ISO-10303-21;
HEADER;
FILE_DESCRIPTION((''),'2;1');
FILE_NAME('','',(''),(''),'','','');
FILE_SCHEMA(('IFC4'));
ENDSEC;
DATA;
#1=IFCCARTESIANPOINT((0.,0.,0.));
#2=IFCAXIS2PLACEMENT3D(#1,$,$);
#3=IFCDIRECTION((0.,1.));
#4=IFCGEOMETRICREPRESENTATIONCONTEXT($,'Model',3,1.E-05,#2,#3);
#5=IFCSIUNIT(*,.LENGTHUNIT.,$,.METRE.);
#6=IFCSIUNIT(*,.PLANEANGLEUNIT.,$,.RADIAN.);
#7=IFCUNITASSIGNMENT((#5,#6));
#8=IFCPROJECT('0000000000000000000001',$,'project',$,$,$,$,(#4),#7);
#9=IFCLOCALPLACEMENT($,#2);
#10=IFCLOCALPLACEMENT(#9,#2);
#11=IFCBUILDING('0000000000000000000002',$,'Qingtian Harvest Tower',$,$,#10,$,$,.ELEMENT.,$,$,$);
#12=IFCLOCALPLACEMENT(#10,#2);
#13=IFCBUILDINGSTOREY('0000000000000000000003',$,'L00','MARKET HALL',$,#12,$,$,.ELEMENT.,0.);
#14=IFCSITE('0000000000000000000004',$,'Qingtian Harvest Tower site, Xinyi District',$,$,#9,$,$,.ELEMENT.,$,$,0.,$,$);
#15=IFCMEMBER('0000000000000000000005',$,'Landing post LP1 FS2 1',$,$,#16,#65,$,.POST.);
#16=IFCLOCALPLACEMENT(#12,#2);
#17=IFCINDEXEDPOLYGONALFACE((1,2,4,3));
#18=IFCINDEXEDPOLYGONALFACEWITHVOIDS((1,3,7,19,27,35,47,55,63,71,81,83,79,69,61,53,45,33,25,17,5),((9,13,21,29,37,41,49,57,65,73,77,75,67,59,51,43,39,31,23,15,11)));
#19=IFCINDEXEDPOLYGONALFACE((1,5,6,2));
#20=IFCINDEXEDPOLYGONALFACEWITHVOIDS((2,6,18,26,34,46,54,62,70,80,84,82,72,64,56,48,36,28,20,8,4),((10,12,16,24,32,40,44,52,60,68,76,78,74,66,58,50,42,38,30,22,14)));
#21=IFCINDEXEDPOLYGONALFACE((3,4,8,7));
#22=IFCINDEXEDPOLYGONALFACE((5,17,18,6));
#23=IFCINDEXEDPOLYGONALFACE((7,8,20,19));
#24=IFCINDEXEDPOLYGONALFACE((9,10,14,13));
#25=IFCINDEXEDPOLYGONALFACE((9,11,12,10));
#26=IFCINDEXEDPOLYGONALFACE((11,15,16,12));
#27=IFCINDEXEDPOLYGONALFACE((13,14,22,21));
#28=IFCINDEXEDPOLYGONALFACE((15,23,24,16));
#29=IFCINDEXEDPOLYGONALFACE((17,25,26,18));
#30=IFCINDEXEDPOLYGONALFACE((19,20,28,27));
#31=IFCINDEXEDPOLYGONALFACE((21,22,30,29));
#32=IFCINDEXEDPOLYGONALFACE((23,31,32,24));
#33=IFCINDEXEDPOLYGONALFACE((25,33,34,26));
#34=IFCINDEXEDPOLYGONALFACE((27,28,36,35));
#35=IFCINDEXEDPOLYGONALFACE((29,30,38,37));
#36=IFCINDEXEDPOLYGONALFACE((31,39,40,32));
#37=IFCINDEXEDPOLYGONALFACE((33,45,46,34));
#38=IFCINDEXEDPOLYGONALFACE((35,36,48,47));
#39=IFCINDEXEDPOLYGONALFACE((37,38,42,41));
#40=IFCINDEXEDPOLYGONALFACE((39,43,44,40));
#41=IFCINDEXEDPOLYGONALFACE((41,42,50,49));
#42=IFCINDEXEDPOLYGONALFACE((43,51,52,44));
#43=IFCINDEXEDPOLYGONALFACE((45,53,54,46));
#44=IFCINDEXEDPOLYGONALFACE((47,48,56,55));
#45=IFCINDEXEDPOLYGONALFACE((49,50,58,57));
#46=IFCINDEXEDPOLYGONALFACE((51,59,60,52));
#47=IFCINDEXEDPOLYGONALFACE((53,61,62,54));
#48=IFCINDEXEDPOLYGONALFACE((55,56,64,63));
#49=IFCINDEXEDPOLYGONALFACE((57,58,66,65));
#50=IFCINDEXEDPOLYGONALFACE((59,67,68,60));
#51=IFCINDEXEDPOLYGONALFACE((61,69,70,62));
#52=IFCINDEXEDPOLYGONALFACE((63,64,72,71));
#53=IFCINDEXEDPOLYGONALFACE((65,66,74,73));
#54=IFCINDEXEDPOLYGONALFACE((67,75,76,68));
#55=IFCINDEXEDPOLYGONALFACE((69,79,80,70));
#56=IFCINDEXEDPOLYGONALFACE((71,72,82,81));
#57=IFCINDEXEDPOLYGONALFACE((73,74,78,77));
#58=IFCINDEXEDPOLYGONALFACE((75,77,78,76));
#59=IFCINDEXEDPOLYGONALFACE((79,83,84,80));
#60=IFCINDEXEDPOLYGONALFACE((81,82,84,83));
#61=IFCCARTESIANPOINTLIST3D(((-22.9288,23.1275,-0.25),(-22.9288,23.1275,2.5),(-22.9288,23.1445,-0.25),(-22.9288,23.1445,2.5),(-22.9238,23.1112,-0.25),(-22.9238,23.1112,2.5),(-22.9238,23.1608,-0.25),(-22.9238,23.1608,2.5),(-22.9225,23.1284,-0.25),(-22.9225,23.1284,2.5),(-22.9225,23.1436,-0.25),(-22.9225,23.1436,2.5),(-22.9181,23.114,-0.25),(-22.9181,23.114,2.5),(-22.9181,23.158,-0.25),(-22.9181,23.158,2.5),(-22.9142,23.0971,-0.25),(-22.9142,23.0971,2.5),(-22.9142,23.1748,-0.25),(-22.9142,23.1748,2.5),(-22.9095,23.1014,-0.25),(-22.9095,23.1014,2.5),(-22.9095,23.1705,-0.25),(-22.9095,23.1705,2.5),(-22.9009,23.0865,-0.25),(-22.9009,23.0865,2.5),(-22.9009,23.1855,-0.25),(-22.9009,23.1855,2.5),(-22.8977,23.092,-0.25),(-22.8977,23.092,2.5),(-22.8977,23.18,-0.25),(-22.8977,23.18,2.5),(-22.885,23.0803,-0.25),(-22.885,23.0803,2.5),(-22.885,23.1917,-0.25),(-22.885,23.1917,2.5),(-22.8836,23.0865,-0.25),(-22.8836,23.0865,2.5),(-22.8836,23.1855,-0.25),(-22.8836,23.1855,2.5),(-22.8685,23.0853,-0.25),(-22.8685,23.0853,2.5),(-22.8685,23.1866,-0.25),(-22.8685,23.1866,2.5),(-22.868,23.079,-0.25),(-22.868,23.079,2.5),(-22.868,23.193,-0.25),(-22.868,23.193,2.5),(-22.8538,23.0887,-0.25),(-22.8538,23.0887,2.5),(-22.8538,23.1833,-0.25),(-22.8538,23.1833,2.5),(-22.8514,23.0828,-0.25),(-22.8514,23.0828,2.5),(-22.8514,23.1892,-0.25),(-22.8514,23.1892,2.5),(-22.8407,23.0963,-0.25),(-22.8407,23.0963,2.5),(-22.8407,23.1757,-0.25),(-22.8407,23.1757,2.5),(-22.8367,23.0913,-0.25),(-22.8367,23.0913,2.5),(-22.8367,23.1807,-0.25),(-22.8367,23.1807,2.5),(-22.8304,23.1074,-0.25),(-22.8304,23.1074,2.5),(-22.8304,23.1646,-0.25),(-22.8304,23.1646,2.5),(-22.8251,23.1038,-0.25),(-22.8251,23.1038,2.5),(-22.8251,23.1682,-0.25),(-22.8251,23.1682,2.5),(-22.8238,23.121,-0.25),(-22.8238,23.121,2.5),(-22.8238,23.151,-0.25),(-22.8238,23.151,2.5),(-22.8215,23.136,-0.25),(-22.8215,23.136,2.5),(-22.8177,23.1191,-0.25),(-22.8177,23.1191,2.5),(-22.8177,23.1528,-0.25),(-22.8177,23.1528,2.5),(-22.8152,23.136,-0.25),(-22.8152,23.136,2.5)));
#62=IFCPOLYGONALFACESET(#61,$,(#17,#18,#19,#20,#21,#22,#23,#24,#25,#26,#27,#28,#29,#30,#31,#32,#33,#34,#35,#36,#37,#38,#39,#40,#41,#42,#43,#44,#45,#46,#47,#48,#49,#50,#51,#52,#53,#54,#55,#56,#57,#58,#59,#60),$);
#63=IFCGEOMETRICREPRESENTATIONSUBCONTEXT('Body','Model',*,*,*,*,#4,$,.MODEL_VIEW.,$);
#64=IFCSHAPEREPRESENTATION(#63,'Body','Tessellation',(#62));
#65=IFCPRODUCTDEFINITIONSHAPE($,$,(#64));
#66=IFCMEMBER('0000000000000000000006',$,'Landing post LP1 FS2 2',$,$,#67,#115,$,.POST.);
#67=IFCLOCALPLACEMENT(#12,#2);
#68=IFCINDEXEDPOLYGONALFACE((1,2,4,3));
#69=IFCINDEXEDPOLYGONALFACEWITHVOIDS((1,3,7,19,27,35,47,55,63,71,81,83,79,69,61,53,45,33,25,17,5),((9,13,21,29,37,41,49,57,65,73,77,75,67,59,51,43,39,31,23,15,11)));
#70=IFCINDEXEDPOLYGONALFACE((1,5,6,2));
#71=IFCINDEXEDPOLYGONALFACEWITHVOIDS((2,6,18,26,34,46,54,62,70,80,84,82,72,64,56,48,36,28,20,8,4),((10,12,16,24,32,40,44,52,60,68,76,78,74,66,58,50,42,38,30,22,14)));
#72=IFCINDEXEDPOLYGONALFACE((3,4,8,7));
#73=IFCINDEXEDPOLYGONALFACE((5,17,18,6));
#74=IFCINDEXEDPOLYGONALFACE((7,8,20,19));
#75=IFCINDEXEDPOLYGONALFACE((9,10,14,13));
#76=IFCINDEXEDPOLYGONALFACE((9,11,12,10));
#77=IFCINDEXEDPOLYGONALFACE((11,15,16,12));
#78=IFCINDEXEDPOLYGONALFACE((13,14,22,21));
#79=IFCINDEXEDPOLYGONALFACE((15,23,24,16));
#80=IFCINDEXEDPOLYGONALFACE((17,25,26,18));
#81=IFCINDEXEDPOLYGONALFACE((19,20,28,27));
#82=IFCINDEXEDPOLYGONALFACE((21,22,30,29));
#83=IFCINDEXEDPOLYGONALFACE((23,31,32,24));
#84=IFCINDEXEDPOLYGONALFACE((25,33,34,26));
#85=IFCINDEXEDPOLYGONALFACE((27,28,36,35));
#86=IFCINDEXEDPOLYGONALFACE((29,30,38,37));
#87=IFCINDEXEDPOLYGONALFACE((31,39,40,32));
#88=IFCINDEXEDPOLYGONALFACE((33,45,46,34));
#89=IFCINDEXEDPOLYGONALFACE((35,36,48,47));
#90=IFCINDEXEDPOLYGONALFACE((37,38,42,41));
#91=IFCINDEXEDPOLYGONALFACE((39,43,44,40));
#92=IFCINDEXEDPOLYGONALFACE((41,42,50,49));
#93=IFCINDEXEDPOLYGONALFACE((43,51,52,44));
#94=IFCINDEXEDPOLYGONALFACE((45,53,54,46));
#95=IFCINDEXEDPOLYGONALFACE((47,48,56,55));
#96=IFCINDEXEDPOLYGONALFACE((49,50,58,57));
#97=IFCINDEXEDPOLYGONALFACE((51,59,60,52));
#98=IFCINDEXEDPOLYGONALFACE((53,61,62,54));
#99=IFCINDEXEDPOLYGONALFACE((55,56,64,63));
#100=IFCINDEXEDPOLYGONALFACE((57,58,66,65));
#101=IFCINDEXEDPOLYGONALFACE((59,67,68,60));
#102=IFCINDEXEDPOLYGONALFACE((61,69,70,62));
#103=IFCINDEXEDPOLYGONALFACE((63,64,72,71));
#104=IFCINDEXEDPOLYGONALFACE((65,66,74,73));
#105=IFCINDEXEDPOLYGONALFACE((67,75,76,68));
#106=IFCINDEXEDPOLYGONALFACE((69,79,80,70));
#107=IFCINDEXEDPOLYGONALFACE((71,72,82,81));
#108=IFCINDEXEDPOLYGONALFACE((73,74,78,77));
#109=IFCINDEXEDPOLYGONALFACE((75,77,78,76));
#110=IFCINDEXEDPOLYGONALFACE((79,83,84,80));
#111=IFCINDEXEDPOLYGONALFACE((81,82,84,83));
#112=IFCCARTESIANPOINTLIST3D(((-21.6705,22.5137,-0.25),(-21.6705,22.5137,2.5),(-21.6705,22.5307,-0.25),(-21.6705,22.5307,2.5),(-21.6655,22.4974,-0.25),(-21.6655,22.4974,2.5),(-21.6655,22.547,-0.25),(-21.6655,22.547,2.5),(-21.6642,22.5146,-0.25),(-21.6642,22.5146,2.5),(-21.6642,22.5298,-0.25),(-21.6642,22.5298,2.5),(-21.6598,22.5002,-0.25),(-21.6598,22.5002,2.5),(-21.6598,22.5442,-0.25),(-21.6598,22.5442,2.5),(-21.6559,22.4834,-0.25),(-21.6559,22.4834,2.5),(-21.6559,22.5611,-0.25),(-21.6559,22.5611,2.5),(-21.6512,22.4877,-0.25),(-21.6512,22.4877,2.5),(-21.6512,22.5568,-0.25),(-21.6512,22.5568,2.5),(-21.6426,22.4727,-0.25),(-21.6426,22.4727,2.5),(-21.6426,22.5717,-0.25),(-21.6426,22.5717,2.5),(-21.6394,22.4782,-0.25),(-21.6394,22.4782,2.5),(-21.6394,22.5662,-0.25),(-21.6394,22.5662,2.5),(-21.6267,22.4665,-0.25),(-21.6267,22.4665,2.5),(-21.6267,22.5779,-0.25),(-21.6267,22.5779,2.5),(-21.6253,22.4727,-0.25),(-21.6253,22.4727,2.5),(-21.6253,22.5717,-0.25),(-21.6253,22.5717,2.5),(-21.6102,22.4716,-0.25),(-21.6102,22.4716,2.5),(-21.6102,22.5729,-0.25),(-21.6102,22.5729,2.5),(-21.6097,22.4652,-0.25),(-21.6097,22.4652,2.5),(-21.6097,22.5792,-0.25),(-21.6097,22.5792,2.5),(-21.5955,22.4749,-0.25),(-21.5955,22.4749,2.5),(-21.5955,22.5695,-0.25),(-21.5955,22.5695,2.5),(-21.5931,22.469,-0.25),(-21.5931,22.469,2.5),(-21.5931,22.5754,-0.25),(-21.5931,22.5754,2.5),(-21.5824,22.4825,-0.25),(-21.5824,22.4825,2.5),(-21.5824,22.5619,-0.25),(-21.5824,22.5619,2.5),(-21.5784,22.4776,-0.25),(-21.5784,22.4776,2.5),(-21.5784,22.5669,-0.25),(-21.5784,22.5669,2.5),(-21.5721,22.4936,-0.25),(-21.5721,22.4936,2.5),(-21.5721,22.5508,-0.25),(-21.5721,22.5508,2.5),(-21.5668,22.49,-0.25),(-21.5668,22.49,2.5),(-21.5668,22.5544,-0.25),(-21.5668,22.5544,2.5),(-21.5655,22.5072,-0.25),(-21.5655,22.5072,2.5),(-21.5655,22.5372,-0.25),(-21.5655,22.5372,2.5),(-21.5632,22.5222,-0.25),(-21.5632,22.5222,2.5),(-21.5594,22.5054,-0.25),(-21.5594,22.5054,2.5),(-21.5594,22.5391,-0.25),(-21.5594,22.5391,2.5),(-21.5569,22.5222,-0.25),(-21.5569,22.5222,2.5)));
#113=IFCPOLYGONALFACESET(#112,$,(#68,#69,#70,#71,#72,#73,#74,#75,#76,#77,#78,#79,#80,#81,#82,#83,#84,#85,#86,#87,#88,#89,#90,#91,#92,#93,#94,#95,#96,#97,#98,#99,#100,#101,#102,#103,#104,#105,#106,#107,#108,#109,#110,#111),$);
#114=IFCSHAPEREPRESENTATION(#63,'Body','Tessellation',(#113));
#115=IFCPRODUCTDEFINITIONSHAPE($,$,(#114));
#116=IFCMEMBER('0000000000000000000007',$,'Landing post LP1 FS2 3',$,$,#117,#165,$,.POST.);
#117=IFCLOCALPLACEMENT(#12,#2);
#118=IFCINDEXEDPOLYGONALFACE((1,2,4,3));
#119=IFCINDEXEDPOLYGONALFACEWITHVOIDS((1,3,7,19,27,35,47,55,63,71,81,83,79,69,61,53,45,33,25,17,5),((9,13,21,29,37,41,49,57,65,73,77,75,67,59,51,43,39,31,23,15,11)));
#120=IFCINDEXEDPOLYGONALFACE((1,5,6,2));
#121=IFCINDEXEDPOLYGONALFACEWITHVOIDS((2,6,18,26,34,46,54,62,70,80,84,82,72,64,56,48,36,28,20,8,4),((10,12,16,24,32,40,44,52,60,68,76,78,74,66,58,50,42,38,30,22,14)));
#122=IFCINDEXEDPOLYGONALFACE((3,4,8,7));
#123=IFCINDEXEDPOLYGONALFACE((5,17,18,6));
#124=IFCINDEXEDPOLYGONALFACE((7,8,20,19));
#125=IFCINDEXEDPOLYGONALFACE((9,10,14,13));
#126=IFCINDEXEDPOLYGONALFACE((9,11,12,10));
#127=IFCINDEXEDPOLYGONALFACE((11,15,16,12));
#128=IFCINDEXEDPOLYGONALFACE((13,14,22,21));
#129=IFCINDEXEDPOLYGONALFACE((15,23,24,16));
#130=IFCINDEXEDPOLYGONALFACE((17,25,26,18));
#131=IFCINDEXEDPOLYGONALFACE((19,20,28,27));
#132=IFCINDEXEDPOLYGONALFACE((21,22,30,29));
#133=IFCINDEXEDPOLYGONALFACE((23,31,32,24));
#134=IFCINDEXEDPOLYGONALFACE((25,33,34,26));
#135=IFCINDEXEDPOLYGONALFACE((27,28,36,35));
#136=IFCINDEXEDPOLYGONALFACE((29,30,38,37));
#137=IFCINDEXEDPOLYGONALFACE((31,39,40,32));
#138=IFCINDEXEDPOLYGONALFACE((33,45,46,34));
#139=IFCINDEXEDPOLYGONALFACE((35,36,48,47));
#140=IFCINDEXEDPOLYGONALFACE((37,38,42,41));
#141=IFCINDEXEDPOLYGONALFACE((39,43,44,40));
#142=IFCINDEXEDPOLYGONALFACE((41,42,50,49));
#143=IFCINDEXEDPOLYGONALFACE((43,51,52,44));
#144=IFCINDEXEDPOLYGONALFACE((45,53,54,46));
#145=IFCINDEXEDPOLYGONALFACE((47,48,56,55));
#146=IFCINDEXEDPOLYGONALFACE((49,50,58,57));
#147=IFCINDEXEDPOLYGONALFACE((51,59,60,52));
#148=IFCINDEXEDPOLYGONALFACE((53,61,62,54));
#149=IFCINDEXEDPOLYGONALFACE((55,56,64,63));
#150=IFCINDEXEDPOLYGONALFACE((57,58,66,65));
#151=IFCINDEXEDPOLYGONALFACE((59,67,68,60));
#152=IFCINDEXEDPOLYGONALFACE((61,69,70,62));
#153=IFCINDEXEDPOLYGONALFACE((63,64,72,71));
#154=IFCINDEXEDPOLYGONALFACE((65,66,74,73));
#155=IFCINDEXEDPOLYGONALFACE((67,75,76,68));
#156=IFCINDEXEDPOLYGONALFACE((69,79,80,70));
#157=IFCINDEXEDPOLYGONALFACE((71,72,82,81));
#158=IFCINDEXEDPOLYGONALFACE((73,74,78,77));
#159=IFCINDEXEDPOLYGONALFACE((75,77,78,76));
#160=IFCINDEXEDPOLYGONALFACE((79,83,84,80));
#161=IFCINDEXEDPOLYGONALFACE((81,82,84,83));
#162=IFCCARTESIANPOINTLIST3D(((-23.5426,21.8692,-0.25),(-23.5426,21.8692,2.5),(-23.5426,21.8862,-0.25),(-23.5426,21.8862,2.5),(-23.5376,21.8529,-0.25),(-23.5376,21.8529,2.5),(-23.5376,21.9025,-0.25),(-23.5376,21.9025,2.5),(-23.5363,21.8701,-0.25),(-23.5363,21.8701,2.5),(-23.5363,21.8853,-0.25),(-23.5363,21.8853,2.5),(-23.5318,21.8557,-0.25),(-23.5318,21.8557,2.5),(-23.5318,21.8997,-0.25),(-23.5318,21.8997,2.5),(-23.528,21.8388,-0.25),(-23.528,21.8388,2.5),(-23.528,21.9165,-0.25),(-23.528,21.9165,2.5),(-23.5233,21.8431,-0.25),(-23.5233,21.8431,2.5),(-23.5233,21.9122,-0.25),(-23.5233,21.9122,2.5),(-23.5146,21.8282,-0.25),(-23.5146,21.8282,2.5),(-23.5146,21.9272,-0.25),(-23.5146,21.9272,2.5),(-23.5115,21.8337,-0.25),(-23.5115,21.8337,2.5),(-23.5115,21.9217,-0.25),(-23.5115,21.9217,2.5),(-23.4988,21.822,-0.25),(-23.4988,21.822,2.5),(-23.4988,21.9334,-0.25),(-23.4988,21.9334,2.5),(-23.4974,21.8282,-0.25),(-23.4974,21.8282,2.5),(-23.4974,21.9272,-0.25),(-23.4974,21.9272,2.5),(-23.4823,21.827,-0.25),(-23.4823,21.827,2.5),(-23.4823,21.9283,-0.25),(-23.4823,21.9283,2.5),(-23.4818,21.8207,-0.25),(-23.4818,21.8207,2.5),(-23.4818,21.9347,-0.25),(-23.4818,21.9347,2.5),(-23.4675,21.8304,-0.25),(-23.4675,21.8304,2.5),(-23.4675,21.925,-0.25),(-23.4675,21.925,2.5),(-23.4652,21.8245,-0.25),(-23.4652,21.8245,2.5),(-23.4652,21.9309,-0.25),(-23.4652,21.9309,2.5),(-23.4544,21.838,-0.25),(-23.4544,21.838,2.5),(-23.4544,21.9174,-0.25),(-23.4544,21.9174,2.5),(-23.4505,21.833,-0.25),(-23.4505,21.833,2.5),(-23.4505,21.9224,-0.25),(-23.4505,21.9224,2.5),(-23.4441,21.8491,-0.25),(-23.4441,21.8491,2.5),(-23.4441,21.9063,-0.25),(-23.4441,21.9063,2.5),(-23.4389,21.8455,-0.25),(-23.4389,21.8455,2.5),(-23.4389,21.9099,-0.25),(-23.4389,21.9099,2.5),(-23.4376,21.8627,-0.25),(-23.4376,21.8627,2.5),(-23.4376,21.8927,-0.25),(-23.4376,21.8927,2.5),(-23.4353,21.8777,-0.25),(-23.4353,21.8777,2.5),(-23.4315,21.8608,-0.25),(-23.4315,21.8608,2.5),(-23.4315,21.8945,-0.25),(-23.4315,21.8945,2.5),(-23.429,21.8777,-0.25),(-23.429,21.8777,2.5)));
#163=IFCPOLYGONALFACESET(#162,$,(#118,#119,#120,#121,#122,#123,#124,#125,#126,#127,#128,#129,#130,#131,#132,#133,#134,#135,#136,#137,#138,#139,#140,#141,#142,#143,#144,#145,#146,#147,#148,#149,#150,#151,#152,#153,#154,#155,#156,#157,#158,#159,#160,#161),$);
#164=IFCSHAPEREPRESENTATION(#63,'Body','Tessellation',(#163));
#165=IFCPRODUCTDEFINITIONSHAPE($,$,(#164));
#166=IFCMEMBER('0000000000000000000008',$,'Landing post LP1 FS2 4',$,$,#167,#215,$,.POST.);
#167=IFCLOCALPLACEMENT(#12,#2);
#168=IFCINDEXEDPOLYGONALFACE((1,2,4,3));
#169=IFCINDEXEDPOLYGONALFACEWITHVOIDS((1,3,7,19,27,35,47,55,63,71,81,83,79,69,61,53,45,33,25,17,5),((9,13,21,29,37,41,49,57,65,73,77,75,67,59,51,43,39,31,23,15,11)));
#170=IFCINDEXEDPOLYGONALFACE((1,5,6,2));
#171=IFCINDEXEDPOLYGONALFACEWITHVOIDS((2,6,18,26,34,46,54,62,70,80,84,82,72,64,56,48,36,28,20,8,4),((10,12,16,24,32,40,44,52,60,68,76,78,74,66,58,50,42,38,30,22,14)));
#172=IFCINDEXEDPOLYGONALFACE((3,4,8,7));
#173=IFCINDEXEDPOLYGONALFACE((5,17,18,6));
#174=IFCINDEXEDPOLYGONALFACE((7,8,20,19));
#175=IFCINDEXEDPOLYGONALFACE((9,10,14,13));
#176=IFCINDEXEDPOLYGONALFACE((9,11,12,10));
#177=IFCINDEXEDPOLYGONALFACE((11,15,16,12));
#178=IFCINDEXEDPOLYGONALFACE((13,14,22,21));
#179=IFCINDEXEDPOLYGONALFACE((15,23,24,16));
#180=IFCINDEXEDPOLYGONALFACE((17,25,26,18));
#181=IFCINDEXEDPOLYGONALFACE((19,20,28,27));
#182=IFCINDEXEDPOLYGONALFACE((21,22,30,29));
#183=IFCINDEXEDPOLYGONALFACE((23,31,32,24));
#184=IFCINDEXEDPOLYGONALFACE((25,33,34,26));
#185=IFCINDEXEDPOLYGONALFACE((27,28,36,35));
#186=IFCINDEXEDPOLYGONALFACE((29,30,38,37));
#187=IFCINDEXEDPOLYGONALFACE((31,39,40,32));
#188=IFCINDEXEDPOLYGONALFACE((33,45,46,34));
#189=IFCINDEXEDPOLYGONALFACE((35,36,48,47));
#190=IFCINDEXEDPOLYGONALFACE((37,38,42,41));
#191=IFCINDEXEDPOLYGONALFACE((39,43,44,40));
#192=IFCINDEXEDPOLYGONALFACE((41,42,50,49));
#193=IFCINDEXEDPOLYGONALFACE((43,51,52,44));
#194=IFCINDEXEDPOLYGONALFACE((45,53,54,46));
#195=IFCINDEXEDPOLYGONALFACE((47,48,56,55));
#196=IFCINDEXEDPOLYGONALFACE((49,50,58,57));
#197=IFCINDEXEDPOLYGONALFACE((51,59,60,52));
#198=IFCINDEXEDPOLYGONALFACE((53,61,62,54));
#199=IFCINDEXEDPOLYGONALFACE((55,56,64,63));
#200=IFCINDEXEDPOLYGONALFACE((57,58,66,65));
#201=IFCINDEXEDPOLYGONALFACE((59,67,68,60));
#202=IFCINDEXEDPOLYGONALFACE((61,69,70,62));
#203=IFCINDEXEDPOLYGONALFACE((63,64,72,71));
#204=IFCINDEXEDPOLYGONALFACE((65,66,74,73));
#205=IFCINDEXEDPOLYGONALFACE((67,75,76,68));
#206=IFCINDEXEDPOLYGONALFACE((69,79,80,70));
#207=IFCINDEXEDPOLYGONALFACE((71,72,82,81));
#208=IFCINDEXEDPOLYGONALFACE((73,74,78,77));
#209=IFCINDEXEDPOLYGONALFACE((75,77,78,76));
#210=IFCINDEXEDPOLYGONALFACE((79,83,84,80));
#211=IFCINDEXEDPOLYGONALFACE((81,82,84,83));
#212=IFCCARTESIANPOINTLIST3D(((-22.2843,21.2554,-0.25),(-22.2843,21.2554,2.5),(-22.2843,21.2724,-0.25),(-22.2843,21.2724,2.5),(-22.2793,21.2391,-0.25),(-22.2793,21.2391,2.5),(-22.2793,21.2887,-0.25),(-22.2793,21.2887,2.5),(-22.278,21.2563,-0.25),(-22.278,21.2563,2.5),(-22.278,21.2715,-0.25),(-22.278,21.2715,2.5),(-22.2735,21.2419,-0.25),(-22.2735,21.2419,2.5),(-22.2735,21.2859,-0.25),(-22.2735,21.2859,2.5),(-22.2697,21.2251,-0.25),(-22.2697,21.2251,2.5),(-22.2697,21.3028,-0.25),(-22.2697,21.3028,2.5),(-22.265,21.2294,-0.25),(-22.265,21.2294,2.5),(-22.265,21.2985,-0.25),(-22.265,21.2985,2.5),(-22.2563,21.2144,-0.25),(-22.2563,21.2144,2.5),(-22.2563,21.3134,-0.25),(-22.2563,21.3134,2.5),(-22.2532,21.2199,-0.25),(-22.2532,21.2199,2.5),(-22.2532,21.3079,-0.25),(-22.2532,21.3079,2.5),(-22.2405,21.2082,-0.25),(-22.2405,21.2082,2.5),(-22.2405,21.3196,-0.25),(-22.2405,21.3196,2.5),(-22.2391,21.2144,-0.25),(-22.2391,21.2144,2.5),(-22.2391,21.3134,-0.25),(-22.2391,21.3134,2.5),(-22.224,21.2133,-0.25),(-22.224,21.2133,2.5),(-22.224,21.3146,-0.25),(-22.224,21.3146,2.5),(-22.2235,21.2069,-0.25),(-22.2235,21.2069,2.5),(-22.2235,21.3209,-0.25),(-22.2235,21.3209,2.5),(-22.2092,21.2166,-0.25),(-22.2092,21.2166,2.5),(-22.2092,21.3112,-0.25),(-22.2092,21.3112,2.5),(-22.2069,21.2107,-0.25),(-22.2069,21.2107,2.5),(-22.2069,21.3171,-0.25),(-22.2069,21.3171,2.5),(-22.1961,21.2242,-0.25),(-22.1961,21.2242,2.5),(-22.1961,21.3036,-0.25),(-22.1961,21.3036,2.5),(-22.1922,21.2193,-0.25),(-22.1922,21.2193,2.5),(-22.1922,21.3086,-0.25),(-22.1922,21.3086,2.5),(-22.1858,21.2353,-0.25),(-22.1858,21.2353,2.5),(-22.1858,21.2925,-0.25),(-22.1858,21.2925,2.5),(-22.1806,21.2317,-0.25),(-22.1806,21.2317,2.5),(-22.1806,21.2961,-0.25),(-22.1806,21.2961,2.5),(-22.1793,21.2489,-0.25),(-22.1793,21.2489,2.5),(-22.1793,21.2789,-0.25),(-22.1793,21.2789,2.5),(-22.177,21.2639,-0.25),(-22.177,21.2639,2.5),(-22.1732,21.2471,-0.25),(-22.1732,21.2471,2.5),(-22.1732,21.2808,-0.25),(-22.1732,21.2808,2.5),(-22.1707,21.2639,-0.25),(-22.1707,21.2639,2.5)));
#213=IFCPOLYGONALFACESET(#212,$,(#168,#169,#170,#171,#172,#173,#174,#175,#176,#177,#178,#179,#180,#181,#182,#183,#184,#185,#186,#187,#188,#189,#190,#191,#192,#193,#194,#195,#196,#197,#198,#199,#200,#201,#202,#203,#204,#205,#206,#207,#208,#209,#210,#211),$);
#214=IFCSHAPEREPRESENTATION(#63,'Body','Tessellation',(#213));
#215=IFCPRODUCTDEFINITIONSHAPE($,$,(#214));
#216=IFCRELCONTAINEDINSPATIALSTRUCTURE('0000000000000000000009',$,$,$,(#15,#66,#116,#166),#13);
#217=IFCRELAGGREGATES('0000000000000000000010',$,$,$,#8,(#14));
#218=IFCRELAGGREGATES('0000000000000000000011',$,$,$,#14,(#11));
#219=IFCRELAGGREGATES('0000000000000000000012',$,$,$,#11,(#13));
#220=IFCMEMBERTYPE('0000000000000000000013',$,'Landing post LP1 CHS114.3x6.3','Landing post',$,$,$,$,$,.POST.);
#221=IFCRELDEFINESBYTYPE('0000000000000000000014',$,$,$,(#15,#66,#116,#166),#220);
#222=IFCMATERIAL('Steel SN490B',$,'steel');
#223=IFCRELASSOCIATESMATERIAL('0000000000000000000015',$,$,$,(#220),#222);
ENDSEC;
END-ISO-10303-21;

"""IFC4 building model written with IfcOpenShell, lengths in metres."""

from ifc_helpers import new_model, si_unit, direction, frame, origin, origin_2d, place, context, subcontext, project, spatial, hollow_circle, extrude, material, material_profile, profile_set, type_object, element, save


model = new_model("IFC4")

# Units and contexts
model_context = context("Model", 3, precision=1e-05, world=origin(), true_north=direction((0.0, 1.0)))
body_context = subcontext(model_context, "Body", "Model", "MODEL_VIEW")
ifc_project = project(units=[si_unit("LENGTHUNIT", "METRE"), si_unit("PLANEANGLEUNIT", "RADIAN")], contexts=[model_context])

# Site, building, storey
site_placement = place(None, origin())
site = spatial("IfcSite", under=ifc_project, at=site_placement, Name="Qingtian Harvest Tower site, Xinyi District", CompositionType="ELEMENT", RefElevation=0.0)
building_placement = place(site_placement, origin())
building = spatial("IfcBuilding", under=site, at=building_placement, Name="Qingtian Harvest Tower", CompositionType="ELEMENT")
storey_placement = place(building_placement, origin())
storey = spatial("IfcBuildingStorey", under=building, at=storey_placement, Name="L00", Description="MARKET HALL", CompositionType="ELEMENT", Elevation=0.0)

# Members
ifc_material_1 = material(Name="Steel SN490B", Category="steel")
ifc_material_profile_1 = material_profile(ifc_material_1, hollow_circle(Radius=0.0571, WallThickness=0.0063, at=origin_2d()), Name="CHS114.3x6.3")
ifc_profile_set_1 = profile_set([ifc_material_profile_1], Name="Steel SN490B")
member_type_1 = type_object("IfcMemberType", Name="Landing post LP1 CHS114.3x6.3", Description="Landing post", PredefinedType="POST", material=ifc_profile_set_1)
for number, where, z_axis, x_axis, name in (
    (1, (-22.8723, 23.136, -0.25), (0.0, 0.0, 1.0), (1.0, 0.0, 0.0), "Landing post LP1 FS2 1"),
    (2, (-21.614, 22.5222, -0.25), (0.0, 0.0, 1.0), (1.0, 0.0, 0.0), "Landing post LP1 FS2 2"),
    (3, (-23.4861, 21.8777, -0.25), (0.0, 0.0, 1.0), (1.0, 0.0, 0.0), "Landing post LP1 FS2 3"),
    (4, (-22.2278, 21.2639, -0.25), (0.0, 0.0, 1.0), (1.0, 0.0, 0.0), "Landing post LP1 FS2 4"),
):
    element("IfcMember", number, at=place(storey_placement, frame(where, z_axis=z_axis, x_axis=x_axis)), inside=storey, type_object=member_type_1, Name=name, PredefinedType="POST", context=body_context, shape_type="SweptSolid", body=[
        extrude(hollow_circle(Radius=0.0571, WallThickness=0.0063, at=origin_2d()), origin(), (0.0, 0.0, 1.0), 2.75),
    ])

save(model, "model.ifc")
